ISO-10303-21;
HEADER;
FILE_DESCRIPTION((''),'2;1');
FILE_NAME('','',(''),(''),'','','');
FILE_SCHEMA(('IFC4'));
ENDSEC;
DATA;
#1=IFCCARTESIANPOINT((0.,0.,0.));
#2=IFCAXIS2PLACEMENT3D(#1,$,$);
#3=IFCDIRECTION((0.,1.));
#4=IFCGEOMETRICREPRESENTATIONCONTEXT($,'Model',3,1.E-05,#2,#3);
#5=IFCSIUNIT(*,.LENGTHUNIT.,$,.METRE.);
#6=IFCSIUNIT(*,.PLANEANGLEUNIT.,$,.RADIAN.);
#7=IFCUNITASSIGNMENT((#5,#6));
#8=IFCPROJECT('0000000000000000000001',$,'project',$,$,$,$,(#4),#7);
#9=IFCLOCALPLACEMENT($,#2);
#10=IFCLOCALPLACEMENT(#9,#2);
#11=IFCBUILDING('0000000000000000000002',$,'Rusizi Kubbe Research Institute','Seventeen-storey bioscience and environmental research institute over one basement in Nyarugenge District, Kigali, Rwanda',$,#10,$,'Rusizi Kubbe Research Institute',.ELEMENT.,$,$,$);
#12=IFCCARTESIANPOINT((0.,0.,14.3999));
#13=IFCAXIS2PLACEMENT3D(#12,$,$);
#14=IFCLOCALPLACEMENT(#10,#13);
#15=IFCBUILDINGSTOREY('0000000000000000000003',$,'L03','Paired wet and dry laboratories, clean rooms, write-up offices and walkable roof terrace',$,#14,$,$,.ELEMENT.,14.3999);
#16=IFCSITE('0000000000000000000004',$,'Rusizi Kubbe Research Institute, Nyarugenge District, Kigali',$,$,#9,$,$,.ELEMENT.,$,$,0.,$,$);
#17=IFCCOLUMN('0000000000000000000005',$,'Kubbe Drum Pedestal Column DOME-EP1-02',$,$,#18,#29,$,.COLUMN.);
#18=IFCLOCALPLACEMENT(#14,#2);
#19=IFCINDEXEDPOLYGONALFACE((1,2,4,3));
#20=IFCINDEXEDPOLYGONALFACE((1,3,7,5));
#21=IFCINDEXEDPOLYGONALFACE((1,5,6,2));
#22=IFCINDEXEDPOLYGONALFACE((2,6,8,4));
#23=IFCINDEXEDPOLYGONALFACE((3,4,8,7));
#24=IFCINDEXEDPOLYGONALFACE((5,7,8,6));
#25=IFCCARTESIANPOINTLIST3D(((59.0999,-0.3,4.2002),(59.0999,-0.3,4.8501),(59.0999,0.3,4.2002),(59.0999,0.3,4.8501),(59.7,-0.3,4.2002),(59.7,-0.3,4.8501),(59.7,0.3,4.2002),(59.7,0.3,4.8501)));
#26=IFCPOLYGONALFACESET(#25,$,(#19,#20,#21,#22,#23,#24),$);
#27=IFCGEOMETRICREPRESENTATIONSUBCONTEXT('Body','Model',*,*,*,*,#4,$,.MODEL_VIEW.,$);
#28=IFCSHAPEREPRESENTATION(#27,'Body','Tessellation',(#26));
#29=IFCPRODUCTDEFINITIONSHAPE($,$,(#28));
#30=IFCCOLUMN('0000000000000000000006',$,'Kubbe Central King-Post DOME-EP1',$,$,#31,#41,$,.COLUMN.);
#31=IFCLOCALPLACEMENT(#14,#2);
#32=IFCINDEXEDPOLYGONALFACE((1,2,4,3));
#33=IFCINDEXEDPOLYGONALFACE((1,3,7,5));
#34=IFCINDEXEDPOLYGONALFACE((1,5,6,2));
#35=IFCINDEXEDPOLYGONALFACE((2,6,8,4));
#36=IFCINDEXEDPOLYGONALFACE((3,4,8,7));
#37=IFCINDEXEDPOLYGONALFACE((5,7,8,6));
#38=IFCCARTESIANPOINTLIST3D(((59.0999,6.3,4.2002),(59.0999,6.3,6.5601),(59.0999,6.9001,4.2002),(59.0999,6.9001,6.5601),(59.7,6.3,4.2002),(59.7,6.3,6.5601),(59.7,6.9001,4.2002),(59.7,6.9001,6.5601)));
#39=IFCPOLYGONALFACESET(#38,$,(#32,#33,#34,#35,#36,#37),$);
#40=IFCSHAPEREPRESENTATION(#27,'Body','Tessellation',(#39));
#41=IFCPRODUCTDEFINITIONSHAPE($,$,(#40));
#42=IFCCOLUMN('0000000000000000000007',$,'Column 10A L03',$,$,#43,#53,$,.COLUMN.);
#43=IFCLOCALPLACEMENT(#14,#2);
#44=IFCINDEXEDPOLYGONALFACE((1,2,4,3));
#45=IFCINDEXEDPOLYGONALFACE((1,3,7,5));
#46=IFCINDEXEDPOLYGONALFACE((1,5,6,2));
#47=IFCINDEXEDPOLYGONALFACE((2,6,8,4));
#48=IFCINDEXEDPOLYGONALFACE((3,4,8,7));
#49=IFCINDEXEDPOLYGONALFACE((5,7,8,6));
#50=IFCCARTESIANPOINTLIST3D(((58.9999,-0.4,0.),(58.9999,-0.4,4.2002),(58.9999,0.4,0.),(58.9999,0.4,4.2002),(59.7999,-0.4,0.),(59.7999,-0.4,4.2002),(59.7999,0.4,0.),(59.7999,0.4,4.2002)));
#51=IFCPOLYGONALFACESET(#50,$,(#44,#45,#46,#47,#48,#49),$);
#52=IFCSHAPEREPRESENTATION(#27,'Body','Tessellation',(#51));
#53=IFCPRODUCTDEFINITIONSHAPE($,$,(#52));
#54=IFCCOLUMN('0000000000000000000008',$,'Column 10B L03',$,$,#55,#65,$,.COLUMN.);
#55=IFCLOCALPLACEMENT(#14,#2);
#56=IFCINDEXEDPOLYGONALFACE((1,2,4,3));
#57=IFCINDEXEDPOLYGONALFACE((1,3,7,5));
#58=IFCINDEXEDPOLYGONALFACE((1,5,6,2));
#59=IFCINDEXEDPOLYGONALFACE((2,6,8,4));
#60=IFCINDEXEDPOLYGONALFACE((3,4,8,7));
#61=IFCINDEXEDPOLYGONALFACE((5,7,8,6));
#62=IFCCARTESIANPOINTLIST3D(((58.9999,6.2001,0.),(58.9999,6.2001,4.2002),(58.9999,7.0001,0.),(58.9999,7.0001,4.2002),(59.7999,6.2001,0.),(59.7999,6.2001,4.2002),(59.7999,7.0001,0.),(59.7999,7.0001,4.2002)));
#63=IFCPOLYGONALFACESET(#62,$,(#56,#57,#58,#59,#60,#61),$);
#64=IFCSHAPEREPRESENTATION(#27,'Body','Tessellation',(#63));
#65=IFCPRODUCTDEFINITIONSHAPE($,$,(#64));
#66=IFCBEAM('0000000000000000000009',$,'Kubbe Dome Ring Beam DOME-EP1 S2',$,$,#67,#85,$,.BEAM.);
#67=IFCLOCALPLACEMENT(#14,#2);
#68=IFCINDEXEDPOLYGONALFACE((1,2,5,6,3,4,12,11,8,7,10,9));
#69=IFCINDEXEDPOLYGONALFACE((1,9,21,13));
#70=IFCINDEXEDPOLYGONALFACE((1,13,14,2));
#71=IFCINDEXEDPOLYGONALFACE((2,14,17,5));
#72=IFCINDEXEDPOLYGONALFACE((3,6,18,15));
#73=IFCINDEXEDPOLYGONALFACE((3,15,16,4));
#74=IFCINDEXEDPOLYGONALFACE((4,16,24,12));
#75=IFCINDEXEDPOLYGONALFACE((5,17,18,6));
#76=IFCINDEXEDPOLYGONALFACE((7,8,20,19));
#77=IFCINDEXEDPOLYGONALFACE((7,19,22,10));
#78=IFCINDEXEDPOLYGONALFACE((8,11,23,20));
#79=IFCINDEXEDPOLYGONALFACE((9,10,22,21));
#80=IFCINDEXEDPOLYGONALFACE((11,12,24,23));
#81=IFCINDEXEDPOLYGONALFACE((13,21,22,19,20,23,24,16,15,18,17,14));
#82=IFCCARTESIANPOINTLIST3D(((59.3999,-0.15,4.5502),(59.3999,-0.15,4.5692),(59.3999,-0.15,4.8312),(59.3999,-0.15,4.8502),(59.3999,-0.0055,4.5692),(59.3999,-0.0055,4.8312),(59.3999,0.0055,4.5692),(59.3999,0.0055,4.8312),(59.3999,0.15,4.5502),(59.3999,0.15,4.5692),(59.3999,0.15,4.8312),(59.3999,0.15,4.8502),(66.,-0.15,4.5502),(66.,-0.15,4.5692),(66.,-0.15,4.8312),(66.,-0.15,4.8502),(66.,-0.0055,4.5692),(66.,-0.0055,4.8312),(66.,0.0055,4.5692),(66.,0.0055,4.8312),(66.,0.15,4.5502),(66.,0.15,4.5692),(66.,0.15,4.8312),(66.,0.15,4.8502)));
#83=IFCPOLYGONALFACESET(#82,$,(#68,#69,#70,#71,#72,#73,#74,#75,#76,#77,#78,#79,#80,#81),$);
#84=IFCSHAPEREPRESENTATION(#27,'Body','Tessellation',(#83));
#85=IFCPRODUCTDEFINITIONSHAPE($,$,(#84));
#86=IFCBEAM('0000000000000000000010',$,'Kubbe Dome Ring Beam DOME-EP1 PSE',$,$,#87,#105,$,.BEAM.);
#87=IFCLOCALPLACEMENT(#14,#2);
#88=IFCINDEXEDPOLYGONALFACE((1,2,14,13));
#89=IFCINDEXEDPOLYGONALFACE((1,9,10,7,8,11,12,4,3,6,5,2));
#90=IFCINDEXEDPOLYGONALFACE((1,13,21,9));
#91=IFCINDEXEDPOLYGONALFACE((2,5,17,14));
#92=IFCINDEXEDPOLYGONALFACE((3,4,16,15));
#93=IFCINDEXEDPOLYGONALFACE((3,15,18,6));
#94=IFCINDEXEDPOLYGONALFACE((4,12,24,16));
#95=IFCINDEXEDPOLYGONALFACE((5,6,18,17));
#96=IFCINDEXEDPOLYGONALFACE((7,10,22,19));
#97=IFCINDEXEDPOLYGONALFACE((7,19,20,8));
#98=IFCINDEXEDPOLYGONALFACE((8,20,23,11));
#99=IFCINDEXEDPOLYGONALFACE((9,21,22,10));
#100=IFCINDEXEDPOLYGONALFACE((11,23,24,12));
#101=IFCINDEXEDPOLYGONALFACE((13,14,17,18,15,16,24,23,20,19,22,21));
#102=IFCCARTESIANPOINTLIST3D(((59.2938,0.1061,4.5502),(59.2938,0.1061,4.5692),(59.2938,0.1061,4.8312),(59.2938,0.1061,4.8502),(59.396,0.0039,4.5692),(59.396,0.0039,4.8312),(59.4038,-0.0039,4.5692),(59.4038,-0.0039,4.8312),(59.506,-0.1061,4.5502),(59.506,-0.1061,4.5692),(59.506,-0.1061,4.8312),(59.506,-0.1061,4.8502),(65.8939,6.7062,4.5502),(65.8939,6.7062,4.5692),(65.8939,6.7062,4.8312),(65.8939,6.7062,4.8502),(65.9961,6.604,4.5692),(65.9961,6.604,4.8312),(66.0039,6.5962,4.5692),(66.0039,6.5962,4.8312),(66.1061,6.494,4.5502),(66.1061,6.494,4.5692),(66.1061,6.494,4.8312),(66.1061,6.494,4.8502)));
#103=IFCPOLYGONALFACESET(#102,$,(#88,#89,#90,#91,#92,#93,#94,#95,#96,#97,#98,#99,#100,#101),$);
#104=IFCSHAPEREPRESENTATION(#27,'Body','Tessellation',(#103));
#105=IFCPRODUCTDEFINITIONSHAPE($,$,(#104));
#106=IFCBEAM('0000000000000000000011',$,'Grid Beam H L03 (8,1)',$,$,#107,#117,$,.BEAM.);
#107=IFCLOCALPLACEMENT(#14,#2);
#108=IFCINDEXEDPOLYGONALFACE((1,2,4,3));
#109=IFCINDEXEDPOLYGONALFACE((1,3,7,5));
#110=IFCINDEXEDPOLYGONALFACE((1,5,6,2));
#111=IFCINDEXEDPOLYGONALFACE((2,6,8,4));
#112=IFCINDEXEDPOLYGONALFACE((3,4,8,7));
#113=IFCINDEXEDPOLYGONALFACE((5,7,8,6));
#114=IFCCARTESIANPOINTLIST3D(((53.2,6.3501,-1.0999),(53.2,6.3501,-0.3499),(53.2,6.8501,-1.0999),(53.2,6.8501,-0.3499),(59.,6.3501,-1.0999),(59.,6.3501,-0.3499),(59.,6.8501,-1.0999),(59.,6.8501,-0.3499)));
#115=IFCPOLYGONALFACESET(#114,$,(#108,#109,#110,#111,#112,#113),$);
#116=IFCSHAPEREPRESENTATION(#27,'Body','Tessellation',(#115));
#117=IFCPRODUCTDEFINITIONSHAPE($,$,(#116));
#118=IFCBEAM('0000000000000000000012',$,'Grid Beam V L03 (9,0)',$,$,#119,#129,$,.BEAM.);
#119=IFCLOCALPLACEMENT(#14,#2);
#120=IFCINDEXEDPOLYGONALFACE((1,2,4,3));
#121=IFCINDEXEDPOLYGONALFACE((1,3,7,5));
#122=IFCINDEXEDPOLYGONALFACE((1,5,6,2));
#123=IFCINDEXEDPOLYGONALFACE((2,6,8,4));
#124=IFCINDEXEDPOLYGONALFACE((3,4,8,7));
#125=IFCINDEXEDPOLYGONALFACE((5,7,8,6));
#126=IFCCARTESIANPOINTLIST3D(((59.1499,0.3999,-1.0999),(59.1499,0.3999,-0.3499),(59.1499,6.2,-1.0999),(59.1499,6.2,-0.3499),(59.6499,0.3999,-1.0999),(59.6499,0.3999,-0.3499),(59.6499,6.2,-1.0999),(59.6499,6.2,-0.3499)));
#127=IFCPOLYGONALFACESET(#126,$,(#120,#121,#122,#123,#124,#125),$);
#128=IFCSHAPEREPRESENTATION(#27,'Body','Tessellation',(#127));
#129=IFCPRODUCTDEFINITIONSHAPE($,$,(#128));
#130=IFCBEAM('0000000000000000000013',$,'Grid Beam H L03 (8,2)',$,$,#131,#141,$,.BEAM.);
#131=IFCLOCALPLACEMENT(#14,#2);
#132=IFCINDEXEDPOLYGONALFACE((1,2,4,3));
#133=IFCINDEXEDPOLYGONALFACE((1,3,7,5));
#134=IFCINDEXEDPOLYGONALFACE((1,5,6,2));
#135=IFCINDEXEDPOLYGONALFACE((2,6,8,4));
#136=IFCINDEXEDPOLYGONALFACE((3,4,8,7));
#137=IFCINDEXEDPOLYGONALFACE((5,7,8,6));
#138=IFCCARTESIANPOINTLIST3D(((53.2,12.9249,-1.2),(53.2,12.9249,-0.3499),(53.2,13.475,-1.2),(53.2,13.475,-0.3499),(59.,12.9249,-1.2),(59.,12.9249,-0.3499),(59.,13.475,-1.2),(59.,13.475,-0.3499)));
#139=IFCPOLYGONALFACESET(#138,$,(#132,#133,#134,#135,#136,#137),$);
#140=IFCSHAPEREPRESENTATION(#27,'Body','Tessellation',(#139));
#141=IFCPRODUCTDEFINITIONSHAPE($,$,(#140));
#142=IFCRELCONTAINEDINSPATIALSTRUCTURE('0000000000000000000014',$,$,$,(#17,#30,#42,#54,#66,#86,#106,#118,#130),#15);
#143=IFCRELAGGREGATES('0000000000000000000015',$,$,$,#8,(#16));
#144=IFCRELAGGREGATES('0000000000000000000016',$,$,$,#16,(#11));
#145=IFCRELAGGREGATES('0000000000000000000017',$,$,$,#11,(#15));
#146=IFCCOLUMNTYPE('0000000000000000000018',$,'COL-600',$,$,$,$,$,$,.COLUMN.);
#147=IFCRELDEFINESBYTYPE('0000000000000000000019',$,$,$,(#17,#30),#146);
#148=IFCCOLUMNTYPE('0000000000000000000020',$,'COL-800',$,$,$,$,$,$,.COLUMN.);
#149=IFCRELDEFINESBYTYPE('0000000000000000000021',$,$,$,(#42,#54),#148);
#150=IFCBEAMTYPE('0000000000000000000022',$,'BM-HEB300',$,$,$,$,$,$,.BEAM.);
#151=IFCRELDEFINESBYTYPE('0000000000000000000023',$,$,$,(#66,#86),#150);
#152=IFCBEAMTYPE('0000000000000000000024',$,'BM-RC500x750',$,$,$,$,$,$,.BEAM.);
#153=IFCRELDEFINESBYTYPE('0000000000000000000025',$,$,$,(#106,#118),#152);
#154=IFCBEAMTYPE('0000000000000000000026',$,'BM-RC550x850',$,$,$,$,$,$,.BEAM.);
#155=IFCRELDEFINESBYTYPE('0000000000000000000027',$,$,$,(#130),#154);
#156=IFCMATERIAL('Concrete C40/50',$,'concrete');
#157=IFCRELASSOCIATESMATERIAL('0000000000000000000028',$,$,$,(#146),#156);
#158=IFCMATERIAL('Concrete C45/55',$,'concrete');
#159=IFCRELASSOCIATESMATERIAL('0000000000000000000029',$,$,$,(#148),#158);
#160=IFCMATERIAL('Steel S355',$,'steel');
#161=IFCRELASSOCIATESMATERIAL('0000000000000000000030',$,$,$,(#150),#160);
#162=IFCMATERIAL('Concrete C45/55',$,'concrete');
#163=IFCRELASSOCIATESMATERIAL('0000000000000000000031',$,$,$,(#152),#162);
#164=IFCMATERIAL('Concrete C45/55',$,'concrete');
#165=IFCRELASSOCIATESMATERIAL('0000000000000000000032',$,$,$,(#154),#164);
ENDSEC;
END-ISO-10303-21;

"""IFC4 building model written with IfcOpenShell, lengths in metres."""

from ifc_helpers import new_model, si_unit, direction, frame, origin, origin_2d, place, context, subcontext, project, spatial, rectangle, i_section, extrude, material, material_profile, profile_set, type_object, element, save


model = new_model("IFC4")

# Units and contexts
model_context = context("Model", 3, precision=1e-05, world=origin(), true_north=direction((0.0, 1.0)))
body_context = subcontext(model_context, "Body", "Model", "MODEL_VIEW")
ifc_project = project(units=[si_unit("LENGTHUNIT", "METRE"), si_unit("PLANEANGLEUNIT", "RADIAN")], contexts=[model_context])

# Site, building, storey
site_placement = place(None, origin())
site = spatial("IfcSite", under=ifc_project, at=site_placement, Name="Rusizi Kubbe Research Institute, Nyarugenge District, Kigali", CompositionType="ELEMENT", RefElevation=0.0)
building_placement = place(site_placement, origin())
building = spatial("IfcBuilding", under=site, at=building_placement, Name="Rusizi Kubbe Research Institute", Description="Seventeen-storey bioscience and environmental research institute over one basement in Nyarugenge District, Kigali, Rwanda", LongName="Rusizi Kubbe Research Institute", CompositionType="ELEMENT")
storey_placement = place(building_placement, frame((0.0, 0.0, 14.3999)))
storey = spatial("IfcBuildingStorey", under=building, at=storey_placement, Name="L03", Description="Paired wet and dry laboratories, clean rooms, write-up offices and walkable roof terrace", CompositionType="ELEMENT", Elevation=14.3999)

# Columns
ifc_material_1 = material(Name="Concrete C40/50", Category="concrete")
ifc_material_profile_1 = material_profile(ifc_material_1, rectangle(XDim=0.6001, YDim=0.6001, at=origin_2d()), Name="RC600x600")
ifc_profile_set_1 = profile_set([ifc_material_profile_1], Name="Concrete C40/50")
column_type_1 = type_object("IfcColumnType", Name="COL-600", PredefinedType="COLUMN", material=ifc_profile_set_1)
column_1_placement = place(storey_placement, frame((59.3999, 0.0, 4.2002), z_axis=(0.0, 0.0, 1.0), x_axis=(1.0, 0.0, 0.0)))
element("IfcColumn", 1, at=column_1_placement, inside=storey, type_object=column_type_1, Name="Kubbe Drum Pedestal Column DOME-EP1-02", PredefinedType="COLUMN", context=body_context, shape_type="SweptSolid", body=[
    extrude(rectangle(XDim=0.6001, YDim=0.6001, at=origin_2d()), origin(), (0.0, 0.0, 1.0), 0.6499),
])
column_2_placement = place(storey_placement, frame((59.3999, 6.6001, 4.2002), z_axis=(0.0, 0.0, 1.0), x_axis=(1.0, 0.0, 0.0)))
element("IfcColumn", 2, at=column_2_placement, inside=storey, type_object=column_type_1, Name="Kubbe Central King-Post DOME-EP1", PredefinedType="COLUMN", context=body_context, shape_type="SweptSolid", body=[
    extrude(rectangle(XDim=0.6001, YDim=0.6001, at=origin_2d()), origin(), (0.0, 0.0, 1.0), 2.3599),
])
ifc_material_2 = material(Name="Concrete C45/55", Category="concrete")
ifc_material_profile_2 = material_profile(ifc_material_2, rectangle(XDim=0.8, YDim=0.8, at=origin_2d()), Name="RC800x800")
ifc_profile_set_2 = profile_set([ifc_material_profile_2], Name="Concrete C45/55")
column_type_2 = type_object("IfcColumnType", Name="COL-800", PredefinedType="COLUMN", material=ifc_profile_set_2)
for number, where, z_axis, x_axis, name in (
    (3, (59.3999, 0.0, 0.0), (0.0, 0.0, 1.0), (1.0, 0.0, 0.0), "Column 10A L03"),
    (4, (59.3999, 6.6001, 0.0), (0.0, 0.0, 1.0), (1.0, 0.0, 0.0), "Column 10B L03"),
):
    element("IfcColumn", number, at=place(storey_placement, frame(where, z_axis=z_axis, x_axis=x_axis)), inside=storey, type_object=column_type_2, Name=name, PredefinedType="COLUMN", context=body_context, shape_type="SweptSolid", body=[
        extrude(rectangle(XDim=0.8, YDim=0.8, at=origin_2d()), origin(), (0.0, 0.0, 1.0), 4.2002),
    ])

# Beams
ifc_material_3 = material(Name="Steel S355", Category="steel")
ifc_material_profile_3 = material_profile(ifc_material_3, i_section(OverallWidth=0.3, OverallDepth=0.3, WebThickness=0.011, FlangeThickness=0.019, at=origin_2d()), Name="HEB 300")
ifc_profile_set_3 = profile_set([ifc_material_profile_3], Name="Steel S355")
beam_type_1 = type_object("IfcBeamType", Name="BM-HEB300", PredefinedType="BEAM", material=ifc_profile_set_3)
beam_1_placement = place(storey_placement, frame((59.3999, 0.0, 4.7002), z_axis=(1.0, 0.0, 0.0), x_axis=(0.0, 1.0, 0.0)))
element("IfcBeam", 5, at=beam_1_placement, inside=storey, type_object=beam_type_1, Name="Kubbe Dome Ring Beam DOME-EP1 S2", PredefinedType="BEAM", context=body_context, shape_type="SweptSolid", body=[
    extrude(i_section(OverallWidth=0.3, OverallDepth=0.3, WebThickness=0.011, FlangeThickness=0.019, at=origin_2d()), origin(), (0.0, 0.0, 1.0), 6.6001),
])
beam_2_placement = place(storey_placement, frame((59.3999, 0.0, 4.7002), z_axis=(0.707107, 0.707107, 0.0), x_axis=(-0.707107, 0.707107, 0.0)))
element("IfcBeam", 6, at=beam_2_placement, inside=storey, type_object=beam_type_1, Name="Kubbe Dome Ring Beam DOME-EP1 PSE", PredefinedType="BEAM", context=body_context, shape_type="SweptSolid", body=[
    extrude(i_section(OverallWidth=0.3, OverallDepth=0.3, WebThickness=0.011, FlangeThickness=0.019, at=origin_2d()), origin(), (0.0, 0.0, 1.0), 9.334),
])
ifc_material_4 = material(Name="Concrete C45/55", Category="concrete")
ifc_material_profile_4 = material_profile(ifc_material_4, rectangle(XDim=0.5, YDim=0.75, at=origin_2d()), Name="RC500x750B")
ifc_profile_set_4 = profile_set([ifc_material_profile_4], Name="Concrete C45/55")
beam_type_2 = type_object("IfcBeamType", Name="BM-RC500x750", PredefinedType="BEAM", material=ifc_profile_set_4)
for number, where, z_axis, x_axis, name in (
    (7, (53.2, 6.6001, -0.7249), (1.0, 0.0, 0.0), (0.0, 1.0, 0.0), "Grid Beam H L03 (8,1)"),
    (8, (59.3999, 0.3999, -0.7249), (0.0, 1.0, 0.0), (-1.0, 0.0, 0.0), "Grid Beam V L03 (9,0)"),
):
    element("IfcBeam", number, at=place(storey_placement, frame(where, z_axis=z_axis, x_axis=x_axis)), inside=storey, type_object=beam_type_2, Name=name, PredefinedType="BEAM", context=body_context, shape_type="SweptSolid", body=[
        extrude(rectangle(XDim=0.5, YDim=0.75, at=origin_2d()), origin(), (0.0, 0.0, 1.0), 5.8),
    ])
ifc_material_5 = material(Name="Concrete C45/55", Category="concrete")
ifc_material_profile_5 = material_profile(ifc_material_5, rectangle(XDim=0.55, YDim=0.8501, at=origin_2d()), Name="RC550x850")
ifc_profile_set_5 = profile_set([ifc_material_profile_5], Name="Concrete C45/55")
beam_type_3 = type_object("IfcBeamType", Name="BM-RC550x850", PredefinedType="BEAM", material=ifc_profile_set_5)
beam_3_placement = place(storey_placement, frame((53.2, 13.2, -0.7749), z_axis=(1.0, 0.0, 0.0), x_axis=(0.0, 1.0, 0.0)))
element("IfcBeam", 9, at=beam_3_placement, inside=storey, type_object=beam_type_3, Name="Grid Beam H L03 (8,2)", PredefinedType="BEAM", context=body_context, shape_type="SweptSolid", body=[
    extrude(rectangle(XDim=0.55, YDim=0.8501, at=origin_2d()), origin(), (0.0, 0.0, 1.0), 5.8),
])

save(model, "model.ifc")
